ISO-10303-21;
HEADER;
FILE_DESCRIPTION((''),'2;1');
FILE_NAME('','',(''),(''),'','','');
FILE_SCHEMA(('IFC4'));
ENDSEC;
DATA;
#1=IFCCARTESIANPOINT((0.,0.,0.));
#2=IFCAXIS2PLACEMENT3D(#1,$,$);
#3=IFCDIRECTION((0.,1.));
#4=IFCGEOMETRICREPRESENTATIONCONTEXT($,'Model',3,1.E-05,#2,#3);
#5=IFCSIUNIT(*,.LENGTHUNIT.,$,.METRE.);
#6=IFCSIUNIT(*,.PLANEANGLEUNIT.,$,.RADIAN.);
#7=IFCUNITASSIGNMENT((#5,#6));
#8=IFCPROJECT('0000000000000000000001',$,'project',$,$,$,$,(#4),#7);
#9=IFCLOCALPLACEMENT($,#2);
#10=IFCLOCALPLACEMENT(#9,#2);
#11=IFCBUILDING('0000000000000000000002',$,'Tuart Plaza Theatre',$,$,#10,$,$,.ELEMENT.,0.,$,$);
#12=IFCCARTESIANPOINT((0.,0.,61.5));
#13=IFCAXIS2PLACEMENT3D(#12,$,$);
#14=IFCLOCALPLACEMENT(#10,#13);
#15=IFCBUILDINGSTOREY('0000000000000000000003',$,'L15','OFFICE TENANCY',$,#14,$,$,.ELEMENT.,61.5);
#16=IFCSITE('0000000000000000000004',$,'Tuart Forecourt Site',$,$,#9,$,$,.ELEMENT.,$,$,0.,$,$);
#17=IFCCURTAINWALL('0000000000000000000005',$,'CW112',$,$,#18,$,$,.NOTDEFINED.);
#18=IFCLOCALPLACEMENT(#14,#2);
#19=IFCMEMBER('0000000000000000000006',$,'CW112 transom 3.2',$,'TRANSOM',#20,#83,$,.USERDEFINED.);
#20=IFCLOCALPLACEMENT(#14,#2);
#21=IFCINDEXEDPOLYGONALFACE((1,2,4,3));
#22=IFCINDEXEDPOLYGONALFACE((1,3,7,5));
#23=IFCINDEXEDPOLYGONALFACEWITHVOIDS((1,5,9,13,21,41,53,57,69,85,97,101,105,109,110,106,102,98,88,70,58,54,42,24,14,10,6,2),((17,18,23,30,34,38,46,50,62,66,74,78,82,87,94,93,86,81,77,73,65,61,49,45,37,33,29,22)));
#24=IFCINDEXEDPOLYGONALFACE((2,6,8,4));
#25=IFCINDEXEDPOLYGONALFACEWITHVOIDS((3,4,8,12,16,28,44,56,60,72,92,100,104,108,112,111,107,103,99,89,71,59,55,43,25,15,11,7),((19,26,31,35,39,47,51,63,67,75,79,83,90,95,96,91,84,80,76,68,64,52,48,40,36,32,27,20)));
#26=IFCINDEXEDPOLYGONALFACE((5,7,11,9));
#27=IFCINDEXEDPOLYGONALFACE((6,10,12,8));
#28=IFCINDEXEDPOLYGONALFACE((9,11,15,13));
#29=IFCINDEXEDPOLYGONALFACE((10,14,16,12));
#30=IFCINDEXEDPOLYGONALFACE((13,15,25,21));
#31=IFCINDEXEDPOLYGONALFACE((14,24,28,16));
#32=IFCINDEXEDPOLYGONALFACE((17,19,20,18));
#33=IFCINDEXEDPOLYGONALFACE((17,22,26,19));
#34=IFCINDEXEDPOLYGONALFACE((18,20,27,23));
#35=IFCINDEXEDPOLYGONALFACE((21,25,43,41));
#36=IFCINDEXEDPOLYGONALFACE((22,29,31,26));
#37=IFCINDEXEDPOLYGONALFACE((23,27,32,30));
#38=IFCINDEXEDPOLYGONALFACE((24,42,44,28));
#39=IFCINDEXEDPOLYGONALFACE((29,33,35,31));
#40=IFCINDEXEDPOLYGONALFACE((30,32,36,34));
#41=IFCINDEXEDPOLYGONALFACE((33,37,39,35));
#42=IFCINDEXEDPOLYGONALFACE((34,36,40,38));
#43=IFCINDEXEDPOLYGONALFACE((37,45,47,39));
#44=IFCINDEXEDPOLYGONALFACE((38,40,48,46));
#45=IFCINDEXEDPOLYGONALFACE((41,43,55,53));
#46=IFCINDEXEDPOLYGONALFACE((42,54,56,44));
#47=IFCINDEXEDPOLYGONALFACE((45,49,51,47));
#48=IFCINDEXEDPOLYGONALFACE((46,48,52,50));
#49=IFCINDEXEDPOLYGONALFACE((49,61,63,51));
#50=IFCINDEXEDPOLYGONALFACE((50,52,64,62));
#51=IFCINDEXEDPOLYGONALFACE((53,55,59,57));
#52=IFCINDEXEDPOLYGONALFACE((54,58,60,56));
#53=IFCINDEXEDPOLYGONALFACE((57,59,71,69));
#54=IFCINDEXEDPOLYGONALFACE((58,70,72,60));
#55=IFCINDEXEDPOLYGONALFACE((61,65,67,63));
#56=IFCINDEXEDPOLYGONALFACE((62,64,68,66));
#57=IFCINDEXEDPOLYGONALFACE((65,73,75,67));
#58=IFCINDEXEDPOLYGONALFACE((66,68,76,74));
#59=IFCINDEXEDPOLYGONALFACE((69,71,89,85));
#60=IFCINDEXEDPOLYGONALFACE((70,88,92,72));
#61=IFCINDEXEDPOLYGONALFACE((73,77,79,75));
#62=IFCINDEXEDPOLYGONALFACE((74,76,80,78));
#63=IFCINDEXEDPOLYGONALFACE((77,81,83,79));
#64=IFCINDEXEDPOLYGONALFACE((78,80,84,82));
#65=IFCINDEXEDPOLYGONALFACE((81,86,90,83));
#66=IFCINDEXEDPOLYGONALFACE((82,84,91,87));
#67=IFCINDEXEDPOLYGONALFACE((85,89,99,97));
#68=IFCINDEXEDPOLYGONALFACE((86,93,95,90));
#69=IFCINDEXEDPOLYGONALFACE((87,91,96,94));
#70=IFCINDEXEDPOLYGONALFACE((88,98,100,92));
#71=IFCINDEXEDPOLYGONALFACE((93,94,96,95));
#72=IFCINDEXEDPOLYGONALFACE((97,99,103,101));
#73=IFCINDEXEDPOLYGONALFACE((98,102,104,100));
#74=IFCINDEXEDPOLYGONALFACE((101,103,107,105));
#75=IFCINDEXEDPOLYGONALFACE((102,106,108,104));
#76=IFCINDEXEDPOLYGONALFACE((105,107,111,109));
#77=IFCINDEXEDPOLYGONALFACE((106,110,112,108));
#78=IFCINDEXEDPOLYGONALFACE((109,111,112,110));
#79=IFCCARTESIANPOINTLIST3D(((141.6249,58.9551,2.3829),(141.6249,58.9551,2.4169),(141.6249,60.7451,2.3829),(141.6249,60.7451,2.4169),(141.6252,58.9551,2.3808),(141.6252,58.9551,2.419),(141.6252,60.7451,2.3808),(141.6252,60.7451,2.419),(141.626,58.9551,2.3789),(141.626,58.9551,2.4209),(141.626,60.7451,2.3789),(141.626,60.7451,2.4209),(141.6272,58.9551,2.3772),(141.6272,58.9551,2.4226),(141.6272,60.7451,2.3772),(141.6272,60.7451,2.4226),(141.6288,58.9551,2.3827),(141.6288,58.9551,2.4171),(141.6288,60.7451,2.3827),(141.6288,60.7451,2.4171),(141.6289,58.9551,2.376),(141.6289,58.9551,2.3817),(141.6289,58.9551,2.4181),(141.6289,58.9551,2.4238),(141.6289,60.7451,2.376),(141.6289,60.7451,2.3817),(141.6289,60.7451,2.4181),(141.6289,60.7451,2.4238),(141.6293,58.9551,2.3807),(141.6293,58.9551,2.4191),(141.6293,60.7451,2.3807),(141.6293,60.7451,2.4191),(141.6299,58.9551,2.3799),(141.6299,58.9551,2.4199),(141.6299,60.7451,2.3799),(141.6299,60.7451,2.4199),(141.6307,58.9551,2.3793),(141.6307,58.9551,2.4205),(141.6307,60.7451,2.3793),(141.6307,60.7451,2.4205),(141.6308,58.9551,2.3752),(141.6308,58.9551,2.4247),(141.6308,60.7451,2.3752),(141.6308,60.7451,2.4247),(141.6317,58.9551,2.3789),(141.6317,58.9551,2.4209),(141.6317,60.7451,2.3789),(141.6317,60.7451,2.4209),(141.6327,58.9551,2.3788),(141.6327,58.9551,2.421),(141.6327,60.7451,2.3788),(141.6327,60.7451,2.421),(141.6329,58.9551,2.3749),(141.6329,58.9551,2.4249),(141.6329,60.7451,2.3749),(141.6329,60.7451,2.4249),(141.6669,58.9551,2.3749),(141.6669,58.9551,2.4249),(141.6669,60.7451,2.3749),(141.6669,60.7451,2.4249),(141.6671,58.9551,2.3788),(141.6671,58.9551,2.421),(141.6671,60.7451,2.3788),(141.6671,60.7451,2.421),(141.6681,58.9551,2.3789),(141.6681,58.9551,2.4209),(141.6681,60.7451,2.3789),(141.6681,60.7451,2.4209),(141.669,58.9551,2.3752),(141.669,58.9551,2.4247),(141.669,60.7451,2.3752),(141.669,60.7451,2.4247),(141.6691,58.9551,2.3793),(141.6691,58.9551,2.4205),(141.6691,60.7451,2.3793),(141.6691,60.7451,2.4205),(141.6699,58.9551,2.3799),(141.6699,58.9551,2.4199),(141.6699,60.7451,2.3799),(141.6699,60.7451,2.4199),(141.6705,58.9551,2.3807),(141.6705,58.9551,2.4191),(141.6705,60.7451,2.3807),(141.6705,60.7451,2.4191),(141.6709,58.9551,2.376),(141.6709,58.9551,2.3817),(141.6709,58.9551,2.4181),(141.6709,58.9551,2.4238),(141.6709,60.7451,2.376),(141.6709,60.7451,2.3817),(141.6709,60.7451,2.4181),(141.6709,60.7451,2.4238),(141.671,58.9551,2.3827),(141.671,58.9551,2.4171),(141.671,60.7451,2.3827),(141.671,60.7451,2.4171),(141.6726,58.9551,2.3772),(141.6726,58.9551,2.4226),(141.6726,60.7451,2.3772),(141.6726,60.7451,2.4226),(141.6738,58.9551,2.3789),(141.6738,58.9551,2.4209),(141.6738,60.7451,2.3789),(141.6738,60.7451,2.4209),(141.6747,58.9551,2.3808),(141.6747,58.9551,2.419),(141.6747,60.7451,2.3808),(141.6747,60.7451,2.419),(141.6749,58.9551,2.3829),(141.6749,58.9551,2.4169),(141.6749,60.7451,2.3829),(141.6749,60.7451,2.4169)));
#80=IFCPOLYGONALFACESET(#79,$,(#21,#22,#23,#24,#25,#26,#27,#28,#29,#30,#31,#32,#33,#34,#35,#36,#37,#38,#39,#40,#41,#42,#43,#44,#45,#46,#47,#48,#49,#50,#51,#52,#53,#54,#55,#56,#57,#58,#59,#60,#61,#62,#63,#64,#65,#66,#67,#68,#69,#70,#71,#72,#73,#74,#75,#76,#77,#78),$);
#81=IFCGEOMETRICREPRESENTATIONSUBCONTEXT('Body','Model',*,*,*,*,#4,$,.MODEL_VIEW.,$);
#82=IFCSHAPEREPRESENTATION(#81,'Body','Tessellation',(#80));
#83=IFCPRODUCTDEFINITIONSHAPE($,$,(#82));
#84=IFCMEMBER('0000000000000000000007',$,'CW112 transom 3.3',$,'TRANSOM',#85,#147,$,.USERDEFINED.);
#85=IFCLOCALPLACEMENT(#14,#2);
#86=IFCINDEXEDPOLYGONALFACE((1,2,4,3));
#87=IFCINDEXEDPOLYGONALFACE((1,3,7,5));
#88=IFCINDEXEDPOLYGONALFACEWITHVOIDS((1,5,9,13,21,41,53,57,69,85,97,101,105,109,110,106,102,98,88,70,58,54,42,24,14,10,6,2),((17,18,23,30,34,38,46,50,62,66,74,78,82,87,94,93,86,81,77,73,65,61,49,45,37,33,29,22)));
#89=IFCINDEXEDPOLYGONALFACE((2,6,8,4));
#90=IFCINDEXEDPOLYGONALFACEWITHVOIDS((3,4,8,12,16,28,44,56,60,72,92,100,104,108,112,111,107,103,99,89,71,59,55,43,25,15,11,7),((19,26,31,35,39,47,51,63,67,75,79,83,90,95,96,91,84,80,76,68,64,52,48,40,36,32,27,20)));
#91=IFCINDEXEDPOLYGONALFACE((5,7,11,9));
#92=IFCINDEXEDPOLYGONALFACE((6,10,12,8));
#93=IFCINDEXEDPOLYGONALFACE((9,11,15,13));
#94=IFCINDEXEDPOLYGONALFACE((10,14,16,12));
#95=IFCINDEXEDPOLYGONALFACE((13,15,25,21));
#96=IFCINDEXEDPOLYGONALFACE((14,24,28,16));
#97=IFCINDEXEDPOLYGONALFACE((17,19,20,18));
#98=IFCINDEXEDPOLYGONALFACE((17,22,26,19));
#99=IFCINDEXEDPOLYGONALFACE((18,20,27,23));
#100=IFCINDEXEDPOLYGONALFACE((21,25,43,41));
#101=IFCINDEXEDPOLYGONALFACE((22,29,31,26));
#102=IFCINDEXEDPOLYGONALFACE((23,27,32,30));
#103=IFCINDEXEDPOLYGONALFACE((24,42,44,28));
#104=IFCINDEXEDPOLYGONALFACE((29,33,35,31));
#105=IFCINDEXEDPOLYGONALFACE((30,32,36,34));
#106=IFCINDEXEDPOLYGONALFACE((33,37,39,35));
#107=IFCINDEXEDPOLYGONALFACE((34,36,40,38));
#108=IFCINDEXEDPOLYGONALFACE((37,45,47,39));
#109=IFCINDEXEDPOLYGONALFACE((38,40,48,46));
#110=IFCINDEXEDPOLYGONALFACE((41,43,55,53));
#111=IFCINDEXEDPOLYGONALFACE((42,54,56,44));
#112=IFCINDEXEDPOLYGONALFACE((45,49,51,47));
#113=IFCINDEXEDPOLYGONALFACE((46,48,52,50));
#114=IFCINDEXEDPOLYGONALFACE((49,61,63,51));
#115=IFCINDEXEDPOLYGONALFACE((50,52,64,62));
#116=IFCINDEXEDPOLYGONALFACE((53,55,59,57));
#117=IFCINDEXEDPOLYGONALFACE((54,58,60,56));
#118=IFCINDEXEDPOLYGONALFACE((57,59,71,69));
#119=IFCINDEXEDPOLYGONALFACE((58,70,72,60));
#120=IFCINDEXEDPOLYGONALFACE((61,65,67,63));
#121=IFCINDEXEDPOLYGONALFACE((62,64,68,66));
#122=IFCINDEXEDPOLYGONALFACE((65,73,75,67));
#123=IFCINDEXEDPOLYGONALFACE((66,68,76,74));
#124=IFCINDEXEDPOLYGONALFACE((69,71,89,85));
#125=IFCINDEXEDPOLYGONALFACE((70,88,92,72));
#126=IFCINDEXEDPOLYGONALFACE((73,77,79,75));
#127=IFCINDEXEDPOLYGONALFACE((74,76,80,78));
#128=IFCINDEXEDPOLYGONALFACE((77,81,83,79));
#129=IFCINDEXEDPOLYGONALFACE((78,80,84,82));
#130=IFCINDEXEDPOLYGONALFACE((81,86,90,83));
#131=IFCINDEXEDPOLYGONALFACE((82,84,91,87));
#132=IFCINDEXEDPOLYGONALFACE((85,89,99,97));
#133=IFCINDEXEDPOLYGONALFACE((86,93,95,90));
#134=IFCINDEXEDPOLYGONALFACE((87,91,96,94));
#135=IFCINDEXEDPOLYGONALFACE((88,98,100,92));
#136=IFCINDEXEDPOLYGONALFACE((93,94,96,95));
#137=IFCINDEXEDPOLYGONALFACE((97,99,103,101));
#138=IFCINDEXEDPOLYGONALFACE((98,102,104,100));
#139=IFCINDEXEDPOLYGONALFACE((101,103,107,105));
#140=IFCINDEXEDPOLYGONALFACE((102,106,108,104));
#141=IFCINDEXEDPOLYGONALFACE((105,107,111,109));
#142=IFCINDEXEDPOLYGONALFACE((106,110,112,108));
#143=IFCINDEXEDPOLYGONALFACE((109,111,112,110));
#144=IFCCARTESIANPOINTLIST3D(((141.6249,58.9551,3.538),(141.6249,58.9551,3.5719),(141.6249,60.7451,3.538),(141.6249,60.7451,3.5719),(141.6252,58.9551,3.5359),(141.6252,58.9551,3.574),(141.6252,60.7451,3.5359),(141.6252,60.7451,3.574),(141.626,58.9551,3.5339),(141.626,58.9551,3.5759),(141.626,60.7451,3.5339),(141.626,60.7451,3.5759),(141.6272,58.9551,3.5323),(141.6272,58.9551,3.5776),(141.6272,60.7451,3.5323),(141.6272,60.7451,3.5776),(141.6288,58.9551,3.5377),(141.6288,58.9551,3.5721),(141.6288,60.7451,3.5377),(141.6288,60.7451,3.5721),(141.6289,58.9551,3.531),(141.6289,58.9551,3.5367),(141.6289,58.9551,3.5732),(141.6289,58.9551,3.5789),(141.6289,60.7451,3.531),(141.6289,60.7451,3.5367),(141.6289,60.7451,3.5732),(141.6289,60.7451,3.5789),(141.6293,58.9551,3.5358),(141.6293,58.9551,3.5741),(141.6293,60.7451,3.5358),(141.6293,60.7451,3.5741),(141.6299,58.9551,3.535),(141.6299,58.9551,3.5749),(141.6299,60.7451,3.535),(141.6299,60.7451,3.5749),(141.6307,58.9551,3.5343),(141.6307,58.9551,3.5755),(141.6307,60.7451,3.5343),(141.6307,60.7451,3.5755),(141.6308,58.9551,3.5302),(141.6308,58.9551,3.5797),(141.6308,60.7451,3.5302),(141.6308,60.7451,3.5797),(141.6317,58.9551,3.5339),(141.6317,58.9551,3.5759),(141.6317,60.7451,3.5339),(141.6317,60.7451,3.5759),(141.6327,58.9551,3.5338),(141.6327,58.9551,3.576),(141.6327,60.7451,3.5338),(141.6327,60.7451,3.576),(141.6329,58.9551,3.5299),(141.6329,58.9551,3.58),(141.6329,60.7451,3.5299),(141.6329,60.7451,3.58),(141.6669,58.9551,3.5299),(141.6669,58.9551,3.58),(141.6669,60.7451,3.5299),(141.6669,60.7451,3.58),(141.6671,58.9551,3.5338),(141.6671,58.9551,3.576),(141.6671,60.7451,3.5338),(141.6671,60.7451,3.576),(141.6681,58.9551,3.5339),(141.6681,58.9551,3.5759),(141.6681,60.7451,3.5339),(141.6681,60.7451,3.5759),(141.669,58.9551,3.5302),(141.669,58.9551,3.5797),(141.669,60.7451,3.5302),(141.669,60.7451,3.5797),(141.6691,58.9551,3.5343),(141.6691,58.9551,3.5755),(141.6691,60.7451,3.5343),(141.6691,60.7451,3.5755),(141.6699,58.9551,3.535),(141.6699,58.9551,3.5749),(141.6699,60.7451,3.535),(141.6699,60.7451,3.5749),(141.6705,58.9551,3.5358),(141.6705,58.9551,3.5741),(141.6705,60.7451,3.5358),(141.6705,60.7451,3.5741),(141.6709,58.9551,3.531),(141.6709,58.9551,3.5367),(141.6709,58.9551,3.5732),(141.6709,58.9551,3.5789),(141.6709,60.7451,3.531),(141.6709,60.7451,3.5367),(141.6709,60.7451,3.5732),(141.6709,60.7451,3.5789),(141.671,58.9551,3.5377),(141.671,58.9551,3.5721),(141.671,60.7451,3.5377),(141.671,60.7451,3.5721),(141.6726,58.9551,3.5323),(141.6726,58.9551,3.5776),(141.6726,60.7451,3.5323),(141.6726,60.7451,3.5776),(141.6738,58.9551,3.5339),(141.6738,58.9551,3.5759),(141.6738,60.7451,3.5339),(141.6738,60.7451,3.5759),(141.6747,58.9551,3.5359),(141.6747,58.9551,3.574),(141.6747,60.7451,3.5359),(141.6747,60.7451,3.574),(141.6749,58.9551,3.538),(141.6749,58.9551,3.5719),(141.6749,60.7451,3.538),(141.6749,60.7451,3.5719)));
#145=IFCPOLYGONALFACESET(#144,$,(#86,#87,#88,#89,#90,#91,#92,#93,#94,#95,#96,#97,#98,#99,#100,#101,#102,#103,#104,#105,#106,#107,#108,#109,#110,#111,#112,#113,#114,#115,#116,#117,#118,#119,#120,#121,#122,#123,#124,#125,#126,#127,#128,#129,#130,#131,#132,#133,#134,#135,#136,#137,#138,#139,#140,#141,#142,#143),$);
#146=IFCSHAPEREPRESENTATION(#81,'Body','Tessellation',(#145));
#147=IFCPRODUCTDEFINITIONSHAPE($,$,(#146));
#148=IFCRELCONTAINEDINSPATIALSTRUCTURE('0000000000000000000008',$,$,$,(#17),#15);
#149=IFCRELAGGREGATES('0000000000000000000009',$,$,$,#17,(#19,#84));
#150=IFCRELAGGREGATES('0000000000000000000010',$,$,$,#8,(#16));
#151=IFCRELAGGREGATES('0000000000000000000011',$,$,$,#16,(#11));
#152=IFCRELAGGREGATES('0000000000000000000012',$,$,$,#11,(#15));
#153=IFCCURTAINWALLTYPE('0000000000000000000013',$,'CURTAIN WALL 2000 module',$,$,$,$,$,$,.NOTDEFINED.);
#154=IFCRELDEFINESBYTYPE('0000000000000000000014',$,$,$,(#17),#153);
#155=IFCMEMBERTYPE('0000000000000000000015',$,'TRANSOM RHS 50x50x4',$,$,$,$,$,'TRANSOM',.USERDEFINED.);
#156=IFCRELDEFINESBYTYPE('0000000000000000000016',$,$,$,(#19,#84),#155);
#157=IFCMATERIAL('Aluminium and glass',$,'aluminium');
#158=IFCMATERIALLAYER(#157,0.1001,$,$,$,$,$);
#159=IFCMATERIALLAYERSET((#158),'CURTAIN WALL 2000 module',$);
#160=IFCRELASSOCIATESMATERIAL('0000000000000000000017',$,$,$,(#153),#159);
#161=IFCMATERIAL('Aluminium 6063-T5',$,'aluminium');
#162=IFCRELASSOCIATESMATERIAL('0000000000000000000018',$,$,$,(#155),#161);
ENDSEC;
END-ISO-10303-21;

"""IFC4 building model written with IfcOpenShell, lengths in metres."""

from ifc_helpers import new_model, si_unit, direction, frame, origin, origin_2d, place, context, subcontext, project, spatial, hollow_rectangle, extrude, material, layer, layer_set, material_profile, profile_set, type_object, element, aggregate, save


model = new_model("IFC4")

# Units and contexts
model_context = context("Model", 3, precision=1e-05, world=origin(), true_north=direction((0.0, 1.0)))
body_context = subcontext(model_context, "Body", "Model", "MODEL_VIEW")
ifc_project = project(units=[si_unit("LENGTHUNIT", "METRE"), si_unit("PLANEANGLEUNIT", "RADIAN")], contexts=[model_context])

# Site, building, storey
site_placement = place(None, origin())
site = spatial("IfcSite", under=ifc_project, at=site_placement, Name="Tuart Forecourt Site", CompositionType="ELEMENT", RefElevation=0.0)
building_placement = place(site_placement, origin())
building = spatial("IfcBuilding", under=site, at=building_placement, Name="Tuart Plaza Theatre", CompositionType="ELEMENT", ElevationOfRefHeight=0.0)
storey_placement = place(building_placement, frame((0.0, 0.0, 61.5)))
storey = spatial("IfcBuildingStorey", under=building, at=storey_placement, Name="L15", Description="OFFICE TENANCY", CompositionType="ELEMENT", Elevation=61.5)

# Curtain wall, members
ifc_material_1 = material(Name="Aluminium and glass", Category="aluminium")
ifc_layer_1 = layer(ifc_material_1, 0.1001)
ifc_layer_set_1 = layer_set([ifc_layer_1], Name="CURTAIN WALL 2000 module")
curtain_wall_type = type_object("IfcCurtainWallType", Name="CURTAIN WALL 2000 module", PredefinedType="NOTDEFINED", material=ifc_layer_set_1)
curtain_wall_placement = place(storey_placement, origin())
curtain_wall = element("IfcCurtainWall", 1, at=curtain_wall_placement, inside=storey, type_object=curtain_wall_type, Name="CW112", PredefinedType="NOTDEFINED")
ifc_material_2 = material(Name="Aluminium 6063-T5", Category="aluminium")
ifc_material_profile_1 = material_profile(ifc_material_2, hollow_rectangle(XDim=0.05, YDim=0.05, WallThickness=0.0039, InnerFilletRadius=0.0039, OuterFilletRadius=0.0081, at=origin_2d()), Name="RHS 50x50x4")
ifc_profile_set_1 = profile_set([ifc_material_profile_1], Name="Aluminium 6063-T5")
member_type_1 = type_object("IfcMemberType", Name="TRANSOM RHS 50x50x4", ElementType="TRANSOM", PredefinedType="USERDEFINED", material=ifc_profile_set_1)
member_1_placement = place(storey_placement, frame((141.6499, 58.9551, 2.3999), z_axis=(0.0, 1.0, 0.0), x_axis=(-1.0, 0.0, 0.0)))
member_1 = element("IfcMember", 2, at=member_1_placement, type_object=member_type_1, Name="CW112 transom 3.2", ObjectType="TRANSOM", PredefinedType="USERDEFINED", context=body_context, shape_type="SweptSolid", body=[
    extrude(hollow_rectangle(XDim=0.05, YDim=0.05, WallThickness=0.0039, InnerFilletRadius=0.0039, OuterFilletRadius=0.0081, at=origin_2d()), origin(), (0.0, 0.0, 1.0), 1.79),
])
member_2_placement = place(storey_placement, frame((141.6499, 58.9551, 3.5549), z_axis=(0.0, 1.0, 0.0), x_axis=(-1.0, 0.0, 0.0)))
member_2 = element("IfcMember", 3, at=member_2_placement, type_object=member_type_1, Name="CW112 transom 3.3", ObjectType="TRANSOM", PredefinedType="USERDEFINED", context=body_context, shape_type="SweptSolid", body=[
    extrude(hollow_rectangle(XDim=0.05, YDim=0.05, WallThickness=0.0039, InnerFilletRadius=0.0039, OuterFilletRadius=0.0081, at=origin_2d()), origin(), (0.0, 0.0, 1.0), 1.79),
])
aggregate(curtain_wall, [member_1, member_2])

save(model, "model.ifc")
